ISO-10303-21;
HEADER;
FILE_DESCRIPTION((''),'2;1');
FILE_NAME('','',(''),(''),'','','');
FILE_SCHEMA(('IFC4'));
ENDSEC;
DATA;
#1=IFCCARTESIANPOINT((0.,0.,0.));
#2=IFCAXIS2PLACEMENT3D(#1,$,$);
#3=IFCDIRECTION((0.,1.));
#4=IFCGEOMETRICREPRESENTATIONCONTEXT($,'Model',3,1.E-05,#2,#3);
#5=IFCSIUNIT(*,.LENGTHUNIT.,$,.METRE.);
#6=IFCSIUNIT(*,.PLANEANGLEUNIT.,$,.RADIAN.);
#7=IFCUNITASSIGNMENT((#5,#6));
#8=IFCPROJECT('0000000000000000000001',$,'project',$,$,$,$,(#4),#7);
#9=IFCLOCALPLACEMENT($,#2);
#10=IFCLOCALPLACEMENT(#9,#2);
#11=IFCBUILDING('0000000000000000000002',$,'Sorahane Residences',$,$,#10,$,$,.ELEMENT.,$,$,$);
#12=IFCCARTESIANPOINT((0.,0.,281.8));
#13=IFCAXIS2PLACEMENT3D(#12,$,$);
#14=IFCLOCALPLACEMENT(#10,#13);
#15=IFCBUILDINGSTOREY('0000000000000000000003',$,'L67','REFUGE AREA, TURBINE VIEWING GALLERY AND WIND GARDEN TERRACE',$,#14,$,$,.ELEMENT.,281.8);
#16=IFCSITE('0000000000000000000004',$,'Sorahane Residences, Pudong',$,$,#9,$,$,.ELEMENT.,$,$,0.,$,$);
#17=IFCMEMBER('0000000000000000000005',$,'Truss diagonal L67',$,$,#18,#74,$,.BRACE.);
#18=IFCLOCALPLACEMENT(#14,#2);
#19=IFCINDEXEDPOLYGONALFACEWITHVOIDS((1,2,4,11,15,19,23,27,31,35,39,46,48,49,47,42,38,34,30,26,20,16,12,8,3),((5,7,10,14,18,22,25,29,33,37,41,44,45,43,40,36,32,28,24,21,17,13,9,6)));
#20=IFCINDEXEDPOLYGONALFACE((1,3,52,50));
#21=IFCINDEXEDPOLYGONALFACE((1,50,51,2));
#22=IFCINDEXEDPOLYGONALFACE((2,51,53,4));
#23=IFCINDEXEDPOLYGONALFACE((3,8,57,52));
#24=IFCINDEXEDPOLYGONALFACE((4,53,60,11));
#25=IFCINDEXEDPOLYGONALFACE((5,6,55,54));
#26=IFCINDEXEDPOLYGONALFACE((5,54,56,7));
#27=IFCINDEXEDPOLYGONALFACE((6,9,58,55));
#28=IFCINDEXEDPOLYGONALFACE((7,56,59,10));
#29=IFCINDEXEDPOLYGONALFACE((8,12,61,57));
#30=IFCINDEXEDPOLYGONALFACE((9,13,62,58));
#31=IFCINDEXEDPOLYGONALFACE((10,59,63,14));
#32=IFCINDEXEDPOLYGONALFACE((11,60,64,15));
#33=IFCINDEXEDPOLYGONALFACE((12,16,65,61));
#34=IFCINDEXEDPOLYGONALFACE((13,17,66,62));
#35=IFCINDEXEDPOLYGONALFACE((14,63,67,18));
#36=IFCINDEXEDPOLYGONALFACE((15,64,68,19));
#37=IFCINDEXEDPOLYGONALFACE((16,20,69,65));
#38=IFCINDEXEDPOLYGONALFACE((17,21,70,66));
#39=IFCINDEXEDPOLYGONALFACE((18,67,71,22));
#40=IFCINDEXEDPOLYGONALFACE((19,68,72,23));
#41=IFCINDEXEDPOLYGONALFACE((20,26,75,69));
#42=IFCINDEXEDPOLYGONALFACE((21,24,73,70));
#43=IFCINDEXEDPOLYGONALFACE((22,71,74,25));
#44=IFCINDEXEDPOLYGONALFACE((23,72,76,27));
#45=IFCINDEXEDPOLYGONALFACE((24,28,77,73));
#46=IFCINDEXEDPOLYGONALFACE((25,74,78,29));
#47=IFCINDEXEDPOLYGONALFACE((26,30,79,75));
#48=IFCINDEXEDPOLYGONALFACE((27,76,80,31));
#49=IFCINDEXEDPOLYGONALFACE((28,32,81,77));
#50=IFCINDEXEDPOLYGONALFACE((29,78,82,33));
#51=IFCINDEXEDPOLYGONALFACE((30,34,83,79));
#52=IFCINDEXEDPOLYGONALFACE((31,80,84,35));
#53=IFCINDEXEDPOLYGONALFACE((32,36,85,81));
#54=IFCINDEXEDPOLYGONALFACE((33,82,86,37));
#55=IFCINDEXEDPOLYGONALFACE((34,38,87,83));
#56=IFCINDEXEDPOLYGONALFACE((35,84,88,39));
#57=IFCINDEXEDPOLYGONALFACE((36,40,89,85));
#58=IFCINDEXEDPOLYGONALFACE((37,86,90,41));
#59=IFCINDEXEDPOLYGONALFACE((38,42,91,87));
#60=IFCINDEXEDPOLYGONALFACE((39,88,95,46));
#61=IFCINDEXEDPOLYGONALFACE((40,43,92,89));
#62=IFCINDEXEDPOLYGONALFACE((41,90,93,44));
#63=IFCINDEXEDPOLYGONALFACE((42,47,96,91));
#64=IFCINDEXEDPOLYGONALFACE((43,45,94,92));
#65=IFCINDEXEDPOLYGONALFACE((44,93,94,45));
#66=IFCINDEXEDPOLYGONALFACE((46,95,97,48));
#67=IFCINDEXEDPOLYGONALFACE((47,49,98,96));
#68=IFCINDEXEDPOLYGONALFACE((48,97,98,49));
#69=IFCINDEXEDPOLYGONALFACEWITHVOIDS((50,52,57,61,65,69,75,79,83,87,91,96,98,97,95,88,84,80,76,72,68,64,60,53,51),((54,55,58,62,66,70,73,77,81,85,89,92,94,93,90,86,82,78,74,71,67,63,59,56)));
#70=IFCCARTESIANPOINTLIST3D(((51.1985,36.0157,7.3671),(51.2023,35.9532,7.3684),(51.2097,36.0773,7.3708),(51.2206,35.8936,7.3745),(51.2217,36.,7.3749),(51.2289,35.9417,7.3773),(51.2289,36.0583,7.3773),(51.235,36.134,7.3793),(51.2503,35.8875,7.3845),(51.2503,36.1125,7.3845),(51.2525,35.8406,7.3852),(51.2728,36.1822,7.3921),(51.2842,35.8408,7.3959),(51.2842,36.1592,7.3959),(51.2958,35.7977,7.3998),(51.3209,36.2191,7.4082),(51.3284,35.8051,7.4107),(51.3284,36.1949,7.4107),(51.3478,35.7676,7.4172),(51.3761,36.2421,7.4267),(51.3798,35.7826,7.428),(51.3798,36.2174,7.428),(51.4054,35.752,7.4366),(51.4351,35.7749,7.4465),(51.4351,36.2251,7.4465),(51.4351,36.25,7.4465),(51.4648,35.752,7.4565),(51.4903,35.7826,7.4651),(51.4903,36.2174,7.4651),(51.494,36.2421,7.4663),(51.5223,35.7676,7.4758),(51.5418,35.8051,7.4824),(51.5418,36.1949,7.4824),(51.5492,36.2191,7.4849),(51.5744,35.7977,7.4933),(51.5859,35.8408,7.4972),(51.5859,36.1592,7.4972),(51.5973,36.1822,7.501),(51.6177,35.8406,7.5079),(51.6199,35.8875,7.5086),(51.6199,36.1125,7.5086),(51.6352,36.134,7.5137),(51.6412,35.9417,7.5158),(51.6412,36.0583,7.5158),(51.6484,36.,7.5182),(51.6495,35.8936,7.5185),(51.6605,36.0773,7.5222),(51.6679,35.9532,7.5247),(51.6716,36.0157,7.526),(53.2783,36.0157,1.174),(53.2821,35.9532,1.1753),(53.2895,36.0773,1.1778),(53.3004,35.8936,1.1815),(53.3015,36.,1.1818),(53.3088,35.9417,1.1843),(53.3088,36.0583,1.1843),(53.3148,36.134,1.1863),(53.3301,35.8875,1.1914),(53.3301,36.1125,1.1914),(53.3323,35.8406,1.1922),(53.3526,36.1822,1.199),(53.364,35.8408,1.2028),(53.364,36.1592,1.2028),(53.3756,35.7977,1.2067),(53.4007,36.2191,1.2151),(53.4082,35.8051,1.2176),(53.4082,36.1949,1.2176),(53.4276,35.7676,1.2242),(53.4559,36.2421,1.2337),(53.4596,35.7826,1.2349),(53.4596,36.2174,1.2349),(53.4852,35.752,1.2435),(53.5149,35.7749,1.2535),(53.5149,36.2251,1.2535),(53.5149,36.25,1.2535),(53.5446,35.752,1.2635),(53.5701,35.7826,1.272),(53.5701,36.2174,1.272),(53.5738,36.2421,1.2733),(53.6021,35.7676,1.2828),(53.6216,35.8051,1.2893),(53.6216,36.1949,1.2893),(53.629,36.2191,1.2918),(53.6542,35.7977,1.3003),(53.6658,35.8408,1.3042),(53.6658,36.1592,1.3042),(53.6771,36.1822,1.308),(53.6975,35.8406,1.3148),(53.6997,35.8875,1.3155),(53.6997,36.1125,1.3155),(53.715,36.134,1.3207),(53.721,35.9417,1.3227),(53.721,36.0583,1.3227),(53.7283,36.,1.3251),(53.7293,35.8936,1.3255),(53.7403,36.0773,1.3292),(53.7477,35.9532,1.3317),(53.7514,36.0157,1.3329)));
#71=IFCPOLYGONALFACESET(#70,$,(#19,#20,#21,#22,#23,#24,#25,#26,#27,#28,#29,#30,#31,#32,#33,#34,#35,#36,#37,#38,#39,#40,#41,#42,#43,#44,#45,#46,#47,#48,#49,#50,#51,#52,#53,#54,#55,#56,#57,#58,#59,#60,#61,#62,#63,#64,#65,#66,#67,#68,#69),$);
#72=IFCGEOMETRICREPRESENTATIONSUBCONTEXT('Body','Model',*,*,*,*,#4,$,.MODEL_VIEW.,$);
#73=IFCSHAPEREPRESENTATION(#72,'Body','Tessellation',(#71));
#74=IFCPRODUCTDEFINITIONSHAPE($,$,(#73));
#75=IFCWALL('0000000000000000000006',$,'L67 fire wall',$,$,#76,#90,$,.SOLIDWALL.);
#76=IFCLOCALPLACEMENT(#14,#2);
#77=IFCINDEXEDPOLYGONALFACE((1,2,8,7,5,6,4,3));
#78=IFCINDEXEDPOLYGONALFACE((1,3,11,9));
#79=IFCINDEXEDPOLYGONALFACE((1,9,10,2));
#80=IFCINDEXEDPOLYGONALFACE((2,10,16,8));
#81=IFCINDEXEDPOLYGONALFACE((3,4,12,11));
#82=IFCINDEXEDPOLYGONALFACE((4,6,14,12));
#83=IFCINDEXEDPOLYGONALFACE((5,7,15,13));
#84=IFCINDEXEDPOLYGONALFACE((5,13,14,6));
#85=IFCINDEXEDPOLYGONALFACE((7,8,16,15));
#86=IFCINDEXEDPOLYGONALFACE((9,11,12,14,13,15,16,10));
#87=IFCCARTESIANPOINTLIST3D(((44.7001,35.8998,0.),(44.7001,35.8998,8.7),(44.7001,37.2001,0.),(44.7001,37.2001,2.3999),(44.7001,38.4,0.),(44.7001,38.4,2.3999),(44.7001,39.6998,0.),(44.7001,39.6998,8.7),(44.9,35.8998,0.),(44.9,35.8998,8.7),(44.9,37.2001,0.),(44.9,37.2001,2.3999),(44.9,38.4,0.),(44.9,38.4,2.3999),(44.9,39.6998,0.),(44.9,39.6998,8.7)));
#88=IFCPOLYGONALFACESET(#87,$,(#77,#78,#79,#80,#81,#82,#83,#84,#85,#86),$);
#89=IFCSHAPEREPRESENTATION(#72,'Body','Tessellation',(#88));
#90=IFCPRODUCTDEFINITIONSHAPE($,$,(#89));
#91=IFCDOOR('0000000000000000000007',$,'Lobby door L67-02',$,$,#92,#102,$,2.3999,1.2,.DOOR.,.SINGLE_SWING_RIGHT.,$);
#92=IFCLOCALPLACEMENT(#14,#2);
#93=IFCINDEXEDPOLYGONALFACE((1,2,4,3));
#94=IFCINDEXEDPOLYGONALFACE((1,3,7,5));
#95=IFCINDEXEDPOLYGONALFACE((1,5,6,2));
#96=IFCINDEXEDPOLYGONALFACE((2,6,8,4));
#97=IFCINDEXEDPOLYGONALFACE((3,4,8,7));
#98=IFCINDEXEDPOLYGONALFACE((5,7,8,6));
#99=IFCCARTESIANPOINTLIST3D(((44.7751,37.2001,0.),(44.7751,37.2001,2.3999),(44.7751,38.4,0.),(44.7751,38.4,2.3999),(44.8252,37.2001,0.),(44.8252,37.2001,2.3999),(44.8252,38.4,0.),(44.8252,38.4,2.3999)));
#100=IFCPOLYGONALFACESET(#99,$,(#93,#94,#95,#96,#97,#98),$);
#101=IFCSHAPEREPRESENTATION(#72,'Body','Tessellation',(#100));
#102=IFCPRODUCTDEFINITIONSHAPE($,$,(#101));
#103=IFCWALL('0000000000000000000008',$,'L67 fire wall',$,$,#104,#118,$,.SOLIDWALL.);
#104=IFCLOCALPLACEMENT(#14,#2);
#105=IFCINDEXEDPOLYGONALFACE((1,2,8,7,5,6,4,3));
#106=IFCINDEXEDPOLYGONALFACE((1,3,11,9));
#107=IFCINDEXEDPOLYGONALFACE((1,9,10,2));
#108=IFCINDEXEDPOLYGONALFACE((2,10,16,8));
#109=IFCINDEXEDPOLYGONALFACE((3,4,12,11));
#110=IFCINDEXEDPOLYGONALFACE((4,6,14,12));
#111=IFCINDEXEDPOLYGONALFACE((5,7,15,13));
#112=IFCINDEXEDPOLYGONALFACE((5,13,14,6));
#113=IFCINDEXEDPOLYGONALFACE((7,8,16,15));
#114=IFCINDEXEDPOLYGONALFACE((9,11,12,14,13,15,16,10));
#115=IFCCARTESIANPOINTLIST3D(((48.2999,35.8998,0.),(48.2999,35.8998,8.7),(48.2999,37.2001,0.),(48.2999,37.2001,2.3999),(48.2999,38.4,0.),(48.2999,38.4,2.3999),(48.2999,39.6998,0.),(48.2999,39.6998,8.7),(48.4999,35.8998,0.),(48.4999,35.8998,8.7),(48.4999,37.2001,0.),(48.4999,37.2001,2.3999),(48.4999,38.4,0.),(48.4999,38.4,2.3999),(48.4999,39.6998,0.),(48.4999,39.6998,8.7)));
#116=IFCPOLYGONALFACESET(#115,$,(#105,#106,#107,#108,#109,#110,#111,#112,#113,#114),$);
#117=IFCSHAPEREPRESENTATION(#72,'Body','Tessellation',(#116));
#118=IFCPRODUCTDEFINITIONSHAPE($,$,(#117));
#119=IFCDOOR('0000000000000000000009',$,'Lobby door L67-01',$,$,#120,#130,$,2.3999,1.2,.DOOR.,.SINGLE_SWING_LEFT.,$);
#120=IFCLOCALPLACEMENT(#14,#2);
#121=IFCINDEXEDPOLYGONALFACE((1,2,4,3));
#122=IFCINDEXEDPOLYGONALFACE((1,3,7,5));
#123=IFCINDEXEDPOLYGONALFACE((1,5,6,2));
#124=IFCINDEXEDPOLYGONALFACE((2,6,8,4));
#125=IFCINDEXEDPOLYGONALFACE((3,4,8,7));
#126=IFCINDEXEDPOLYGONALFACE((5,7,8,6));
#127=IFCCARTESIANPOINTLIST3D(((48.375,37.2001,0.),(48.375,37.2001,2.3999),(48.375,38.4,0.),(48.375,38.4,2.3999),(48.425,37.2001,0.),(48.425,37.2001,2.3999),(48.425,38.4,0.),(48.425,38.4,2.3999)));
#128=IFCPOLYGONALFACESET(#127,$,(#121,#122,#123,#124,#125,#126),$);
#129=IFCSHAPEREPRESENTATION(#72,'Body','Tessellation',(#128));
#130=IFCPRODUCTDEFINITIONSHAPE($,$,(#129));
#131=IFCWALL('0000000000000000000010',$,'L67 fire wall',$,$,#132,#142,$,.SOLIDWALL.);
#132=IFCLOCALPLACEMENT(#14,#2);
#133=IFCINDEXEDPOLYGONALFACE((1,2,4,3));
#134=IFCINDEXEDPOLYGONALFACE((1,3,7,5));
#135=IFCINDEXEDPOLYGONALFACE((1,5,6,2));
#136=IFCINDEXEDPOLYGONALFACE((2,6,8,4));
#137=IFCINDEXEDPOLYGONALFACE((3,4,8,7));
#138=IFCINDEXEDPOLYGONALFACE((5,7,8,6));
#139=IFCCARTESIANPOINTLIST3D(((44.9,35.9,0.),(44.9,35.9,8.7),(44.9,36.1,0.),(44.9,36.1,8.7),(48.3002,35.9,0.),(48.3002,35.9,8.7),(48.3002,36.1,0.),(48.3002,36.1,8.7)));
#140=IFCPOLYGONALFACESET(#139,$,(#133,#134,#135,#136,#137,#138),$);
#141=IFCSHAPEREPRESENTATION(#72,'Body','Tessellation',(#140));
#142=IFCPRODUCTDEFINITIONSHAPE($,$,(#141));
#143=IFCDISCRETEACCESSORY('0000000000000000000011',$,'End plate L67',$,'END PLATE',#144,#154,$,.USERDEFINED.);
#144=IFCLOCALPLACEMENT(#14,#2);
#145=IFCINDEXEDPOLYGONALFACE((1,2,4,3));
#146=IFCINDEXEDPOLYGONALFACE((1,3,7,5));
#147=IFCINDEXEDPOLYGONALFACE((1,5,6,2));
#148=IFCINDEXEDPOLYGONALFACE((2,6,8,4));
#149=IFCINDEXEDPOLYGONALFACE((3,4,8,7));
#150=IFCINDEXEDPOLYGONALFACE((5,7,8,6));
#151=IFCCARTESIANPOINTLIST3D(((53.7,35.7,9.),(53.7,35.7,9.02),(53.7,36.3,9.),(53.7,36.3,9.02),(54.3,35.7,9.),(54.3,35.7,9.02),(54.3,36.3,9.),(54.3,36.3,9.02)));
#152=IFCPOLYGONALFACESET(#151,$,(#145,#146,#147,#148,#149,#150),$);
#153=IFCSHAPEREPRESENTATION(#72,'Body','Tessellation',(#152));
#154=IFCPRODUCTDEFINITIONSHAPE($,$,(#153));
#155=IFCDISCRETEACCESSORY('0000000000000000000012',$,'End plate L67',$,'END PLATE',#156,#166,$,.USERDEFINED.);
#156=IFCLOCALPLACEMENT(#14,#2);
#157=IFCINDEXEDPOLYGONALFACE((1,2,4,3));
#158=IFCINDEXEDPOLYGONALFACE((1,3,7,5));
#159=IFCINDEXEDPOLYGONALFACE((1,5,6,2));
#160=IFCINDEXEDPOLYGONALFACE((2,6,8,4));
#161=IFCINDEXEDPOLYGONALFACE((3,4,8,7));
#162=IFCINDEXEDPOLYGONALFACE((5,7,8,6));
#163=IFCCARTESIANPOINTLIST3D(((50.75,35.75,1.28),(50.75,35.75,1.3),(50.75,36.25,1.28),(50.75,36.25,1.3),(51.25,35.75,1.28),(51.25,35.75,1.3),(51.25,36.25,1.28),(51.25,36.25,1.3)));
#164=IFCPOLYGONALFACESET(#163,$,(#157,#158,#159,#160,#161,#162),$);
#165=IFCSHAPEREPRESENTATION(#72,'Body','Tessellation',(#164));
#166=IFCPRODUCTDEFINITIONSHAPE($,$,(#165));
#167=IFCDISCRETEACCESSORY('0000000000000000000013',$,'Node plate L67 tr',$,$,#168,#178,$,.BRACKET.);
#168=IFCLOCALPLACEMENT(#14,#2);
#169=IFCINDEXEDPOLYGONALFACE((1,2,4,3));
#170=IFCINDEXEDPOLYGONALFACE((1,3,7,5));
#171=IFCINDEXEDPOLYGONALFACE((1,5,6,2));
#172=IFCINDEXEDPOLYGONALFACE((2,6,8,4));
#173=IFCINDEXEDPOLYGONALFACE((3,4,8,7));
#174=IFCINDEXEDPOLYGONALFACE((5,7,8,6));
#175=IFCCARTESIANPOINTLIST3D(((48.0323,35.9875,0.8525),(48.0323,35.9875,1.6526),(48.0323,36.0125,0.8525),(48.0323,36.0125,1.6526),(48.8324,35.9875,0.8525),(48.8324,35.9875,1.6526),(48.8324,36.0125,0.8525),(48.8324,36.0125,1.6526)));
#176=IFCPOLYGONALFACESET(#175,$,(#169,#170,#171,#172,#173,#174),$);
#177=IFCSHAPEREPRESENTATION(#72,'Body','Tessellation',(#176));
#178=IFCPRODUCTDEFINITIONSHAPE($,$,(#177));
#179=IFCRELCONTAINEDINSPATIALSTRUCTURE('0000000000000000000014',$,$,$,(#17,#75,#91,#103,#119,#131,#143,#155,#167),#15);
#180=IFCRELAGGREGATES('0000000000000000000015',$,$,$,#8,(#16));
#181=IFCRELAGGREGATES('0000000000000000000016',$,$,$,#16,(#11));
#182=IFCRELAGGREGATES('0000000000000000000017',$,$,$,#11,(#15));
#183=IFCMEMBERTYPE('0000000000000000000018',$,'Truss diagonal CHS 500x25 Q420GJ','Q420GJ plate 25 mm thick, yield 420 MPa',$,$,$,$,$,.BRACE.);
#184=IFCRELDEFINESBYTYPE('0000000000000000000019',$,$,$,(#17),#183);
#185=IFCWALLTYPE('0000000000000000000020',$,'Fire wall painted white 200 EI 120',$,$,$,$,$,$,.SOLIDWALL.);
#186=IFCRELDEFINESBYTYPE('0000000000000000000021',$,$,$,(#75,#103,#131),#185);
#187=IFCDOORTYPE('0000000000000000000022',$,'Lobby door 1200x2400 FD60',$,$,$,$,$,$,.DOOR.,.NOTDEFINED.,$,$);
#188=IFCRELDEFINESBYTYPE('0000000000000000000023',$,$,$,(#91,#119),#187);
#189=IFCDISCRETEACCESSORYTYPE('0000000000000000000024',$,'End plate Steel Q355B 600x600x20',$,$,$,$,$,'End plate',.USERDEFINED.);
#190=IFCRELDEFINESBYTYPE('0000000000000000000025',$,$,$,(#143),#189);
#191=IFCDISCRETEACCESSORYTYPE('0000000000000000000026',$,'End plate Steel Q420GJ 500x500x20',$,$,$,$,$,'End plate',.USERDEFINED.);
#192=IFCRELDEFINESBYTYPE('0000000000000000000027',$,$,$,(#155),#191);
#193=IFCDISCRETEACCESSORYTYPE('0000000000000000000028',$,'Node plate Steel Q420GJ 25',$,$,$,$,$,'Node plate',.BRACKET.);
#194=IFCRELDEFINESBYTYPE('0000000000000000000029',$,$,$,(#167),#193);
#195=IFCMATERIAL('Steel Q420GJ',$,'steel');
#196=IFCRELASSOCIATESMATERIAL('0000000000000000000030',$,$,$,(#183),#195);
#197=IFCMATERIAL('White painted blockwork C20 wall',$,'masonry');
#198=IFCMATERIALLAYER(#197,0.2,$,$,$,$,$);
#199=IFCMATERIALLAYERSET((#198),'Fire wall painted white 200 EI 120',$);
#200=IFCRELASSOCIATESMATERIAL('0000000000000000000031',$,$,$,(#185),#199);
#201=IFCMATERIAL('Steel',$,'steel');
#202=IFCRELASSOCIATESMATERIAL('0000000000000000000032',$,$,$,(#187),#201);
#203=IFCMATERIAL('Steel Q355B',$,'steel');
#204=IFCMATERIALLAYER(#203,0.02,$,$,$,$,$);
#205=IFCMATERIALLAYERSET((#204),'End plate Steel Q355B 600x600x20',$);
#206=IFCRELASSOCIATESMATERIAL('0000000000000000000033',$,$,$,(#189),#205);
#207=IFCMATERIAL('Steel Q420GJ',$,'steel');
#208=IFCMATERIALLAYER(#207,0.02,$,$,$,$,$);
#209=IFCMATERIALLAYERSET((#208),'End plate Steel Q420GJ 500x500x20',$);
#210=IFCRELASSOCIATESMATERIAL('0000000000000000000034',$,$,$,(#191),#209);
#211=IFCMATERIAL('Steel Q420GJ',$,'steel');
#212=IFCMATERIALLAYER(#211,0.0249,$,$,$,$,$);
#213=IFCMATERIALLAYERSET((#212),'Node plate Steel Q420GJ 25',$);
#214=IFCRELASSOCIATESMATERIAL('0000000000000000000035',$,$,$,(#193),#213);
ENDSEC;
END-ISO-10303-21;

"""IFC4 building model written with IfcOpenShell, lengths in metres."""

from ifc_helpers import new_model, si_unit, direction, frame, frame_2d, origin, origin_2d, place, context, subcontext, project, spatial, rectangle, hollow_circle, extrude, material, layer, layer_set, material_profile, profile_set, type_object, element, fill, save


model = new_model("IFC4")

# Units and contexts
model_context = context("Model", 3, precision=1e-05, world=origin(), true_north=direction((0.0, 1.0)))
body_context = subcontext(model_context, "Body", "Model", "MODEL_VIEW")
ifc_project = project(units=[si_unit("LENGTHUNIT", "METRE"), si_unit("PLANEANGLEUNIT", "RADIAN")], contexts=[model_context])

# Site, building, storey
site_placement = place(None, origin())
site = spatial("IfcSite", under=ifc_project, at=site_placement, Name="Sorahane Residences, Pudong", CompositionType="ELEMENT", RefElevation=0.0)
building_placement = place(site_placement, origin())
building = spatial("IfcBuilding", under=site, at=building_placement, Name="Sorahane Residences", CompositionType="ELEMENT")
storey_placement = place(building_placement, frame((0.0, 0.0, 281.8)))
storey = spatial("IfcBuildingStorey", under=building, at=storey_placement, Name="L67", Description="REFUGE AREA, TURBINE VIEWING GALLERY AND WIND GARDEN TERRACE", CompositionType="ELEMENT", Elevation=281.8)

# Member
ifc_material_1 = material(Name="Steel Q420GJ", Category="steel")
ifc_material_profile_1 = material_profile(ifc_material_1, hollow_circle(Radius=0.25, WallThickness=0.0249, at=origin_2d()), Name="CHS 500x25")
ifc_profile_set_1 = profile_set([ifc_material_profile_1], Name="Steel Q420GJ")
member_type = type_object("IfcMemberType", Name="Truss diagonal CHS 500x25 Q420GJ", Description="Q420GJ plate 25 mm thick, yield 420 MPa", PredefinedType="BRACE", material=ifc_profile_set_1)
member_1_placement = place(storey_placement, frame((51.4351, 36.0, 7.4465), z_axis=(0.318357, 0.0, -0.947971), x_axis=(0.0, 1.0, 0.0)))
element("IfcMember", 1, at=member_1_placement, inside=storey, type_object=member_type, Name="Truss diagonal L67", PredefinedType="BRACE", context=body_context, shape_type="SweptSolid", body=[
    extrude(hollow_circle(Radius=0.25, WallThickness=0.0249, at=origin_2d()), origin(), (0.0, 0.0, 1.0), 6.533),
])

# Walls, openings, doors
ifc_material_2 = material(Name="White painted blockwork C20 wall", Category="masonry")
ifc_layer_1 = layer(ifc_material_2, 0.2)
ifc_layer_set_1 = layer_set([ifc_layer_1], Name="Fire wall painted white 200 EI 120")
wall_type = type_object("IfcWallType", Name="Fire wall painted white 200 EI 120", PredefinedType="SOLIDWALL", material=ifc_layer_set_1)
wall_1_placement = place(storey_placement, frame((44.8, 35.8999, 0.0), z_axis=(0.0, 0.0, 1.0), x_axis=(0.0, 1.0, 0.0)))
wall_1 = element("IfcWall", 2, at=wall_1_placement, inside=storey, type_object=wall_type, Name="L67 fire wall", PredefinedType="SOLIDWALL", context=body_context, shape_type="SweptSolid", body=[
    extrude(rectangle(XDim=3.8, YDim=0.2, at=frame_2d((1.8999, 0.0))), origin(), (0.0, 0.0, 1.0), 8.7),
])
opening_1_placement = place(wall_1_placement, frame((1.3, 0.0, 0.0)))
opening_1 = element("IfcOpeningElement", 3, at=opening_1_placement, cuts=wall_1, PredefinedType="OPENING", context=body_context, shape_type="SweptSolid", body=[
    extrude(rectangle(XDim=1.2, YDim=2.3999, at=frame_2d((0.6001, 1.2))), frame((0.0, 0.1099, 0.0), z_axis=(0.0, -1.0, 0.0), x_axis=(1.0, 0.0, 0.0)), (0.0, 0.0, 1.0), 0.22),
])
ifc_material_3 = material(Name="Steel", Category="steel")
door_type = type_object("IfcDoorType", Name="Lobby door 1200x2400 FD60", OperationType="NOTDEFINED", PredefinedType="DOOR", material=ifc_material_3)
door_1_placement = place(opening_1_placement, origin())
door_1 = element("IfcDoor", 4, at=door_1_placement, inside=storey, type_object=door_type, Name="Lobby door L67-02", OperationType="SINGLE_SWING_RIGHT", OverallHeight=2.3999, OverallWidth=1.2, PredefinedType="DOOR", context=body_context, shape_type="SweptSolid", body=[
    extrude(rectangle(XDim=1.2, YDim=2.3999, at=frame_2d((0.6001, 1.2))), frame((0.0, 0.0249, 0.0), z_axis=(0.0, -1.0, 0.0), x_axis=(1.0, 0.0, 0.0)), (0.0, 0.0, 1.0), 0.05),
])
fill(opening_1, door_1)
wall_2_placement = place(storey_placement, frame((48.3999, 35.8999, 0.0), z_axis=(0.0, 0.0, 1.0), x_axis=(0.0, 1.0, 0.0)))
wall_2 = element("IfcWall", 5, at=wall_2_placement, inside=storey, type_object=wall_type, Name="L67 fire wall", PredefinedType="SOLIDWALL", context=body_context, shape_type="SweptSolid", body=[
    extrude(rectangle(XDim=3.8, YDim=0.2, at=frame_2d((1.8999, 0.0))), origin(), (0.0, 0.0, 1.0), 8.7),
])
opening_2_placement = place(wall_2_placement, frame((1.3, 0.0, 0.0)))
opening_2 = element("IfcOpeningElement", 6, at=opening_2_placement, cuts=wall_2, PredefinedType="OPENING", context=body_context, shape_type="SweptSolid", body=[
    extrude(rectangle(XDim=1.2, YDim=2.3999, at=frame_2d((0.6001, 1.2))), frame((0.0, 0.1099, 0.0), z_axis=(0.0, -1.0, 0.0), x_axis=(1.0, 0.0, 0.0)), (0.0, 0.0, 1.0), 0.22),
])
door_2_placement = place(opening_2_placement, origin())
door_2 = element("IfcDoor", 7, at=door_2_placement, inside=storey, type_object=door_type, Name="Lobby door L67-01", OperationType="SINGLE_SWING_LEFT", OverallHeight=2.3999, OverallWidth=1.2, PredefinedType="DOOR", context=body_context, shape_type="SweptSolid", body=[
    extrude(rectangle(XDim=1.2, YDim=2.3999, at=frame_2d((0.6001, 1.2))), frame((0.0, 0.0249, 0.0), z_axis=(0.0, -1.0, 0.0), x_axis=(1.0, 0.0, 0.0)), (0.0, 0.0, 1.0), 0.05),
])
fill(opening_2, door_2)

# Wall
wall_3_placement = place(storey_placement, frame((44.8999, 36.0, 0.0), z_axis=(0.0, 0.0, 1.0), x_axis=(1.0, 0.0, 0.0)))
element("IfcWall", 8, at=wall_3_placement, inside=storey, type_object=wall_type, Name="L67 fire wall", PredefinedType="SOLIDWALL", context=body_context, shape_type="SweptSolid", body=[
    extrude(rectangle(XDim=3.4001, YDim=0.2, at=frame_2d((1.7002, 0.0))), origin(), (0.0, 0.0, 1.0), 8.7),
])

# Discrete accessories
ifc_material_4 = material(Name="Steel Q355B", Category="steel")
ifc_layer_2 = layer(ifc_material_4, 0.02)
ifc_layer_set_2 = layer_set([ifc_layer_2], Name="End plate Steel Q355B 600x600x20")
discrete_accessory_type_1 = type_object("IfcDiscreteAccessoryType", Name="End plate Steel Q355B 600x600x20", ElementType="End plate", PredefinedType="USERDEFINED", material=ifc_layer_set_2)
discrete_accessory_1_placement = place(storey_placement, frame((54.0, 36.0, 9.0), z_axis=(0.0, 0.0, 1.0), x_axis=(1.0, 0.0, 0.0)))
element("IfcDiscreteAccessory", 9, at=discrete_accessory_1_placement, inside=storey, type_object=discrete_accessory_type_1, Name="End plate L67", ObjectType="END PLATE", PredefinedType="USERDEFINED", context=body_context, shape_type="SweptSolid", body=[
    extrude(rectangle(XDim=0.6001, YDim=0.6001, at=origin_2d()), origin(), (0.0, 0.0, 1.0), 0.02),
])
ifc_material_5 = material(Name="Steel Q420GJ", Category="steel")
ifc_layer_3 = layer(ifc_material_5, 0.02)
ifc_layer_set_3 = layer_set([ifc_layer_3], Name="End plate Steel Q420GJ 500x500x20")
discrete_accessory_type_2 = type_object("IfcDiscreteAccessoryType", Name="End plate Steel Q420GJ 500x500x20", ElementType="End plate", PredefinedType="USERDEFINED", material=ifc_layer_set_3)
discrete_accessory_2_placement = place(storey_placement, frame((51.0, 36.0, 1.28), z_axis=(0.0, 0.0, 1.0), x_axis=(1.0, 0.0, 0.0)))
element("IfcDiscreteAccessory", 10, at=discrete_accessory_2_placement, inside=storey, type_object=discrete_accessory_type_2, Name="End plate L67", ObjectType="END PLATE", PredefinedType="USERDEFINED", context=body_context, shape_type="SweptSolid", body=[
    extrude(rectangle(XDim=0.5, YDim=0.5, at=origin_2d()), origin(), (0.0, 0.0, 1.0), 0.02),
])
ifc_material_6 = material(Name="Steel Q420GJ", Category="steel")
ifc_layer_4 = layer(ifc_material_6, 0.0249)
ifc_layer_set_4 = layer_set([ifc_layer_4], Name="Node plate Steel Q420GJ 25")
discrete_accessory_type_3 = type_object("IfcDiscreteAccessoryType", Name="Node plate Steel Q420GJ 25", ElementType="Node plate", PredefinedType="BRACKET", material=ifc_layer_set_4)
for number, where, z_axis, x_axis, name in (
    (11, (48.4324, 36.0, 0.8525), (0.0, 0.0, 1.0), (1.0, 0.0, 0.0), "Node plate L67 tr"),
):
    element("IfcDiscreteAccessory", number, at=place(storey_placement, frame(where, z_axis=z_axis, x_axis=x_axis)), inside=storey, type_object=discrete_accessory_type_3, Name=name, PredefinedType="BRACKET", context=body_context, shape_type="SweptSolid", body=[
        extrude(rectangle(XDim=0.8, YDim=0.0249, at=origin_2d()), origin(), (0.0, 0.0, 1.0), 0.8),
    ])

save(model, "model.ifc")
